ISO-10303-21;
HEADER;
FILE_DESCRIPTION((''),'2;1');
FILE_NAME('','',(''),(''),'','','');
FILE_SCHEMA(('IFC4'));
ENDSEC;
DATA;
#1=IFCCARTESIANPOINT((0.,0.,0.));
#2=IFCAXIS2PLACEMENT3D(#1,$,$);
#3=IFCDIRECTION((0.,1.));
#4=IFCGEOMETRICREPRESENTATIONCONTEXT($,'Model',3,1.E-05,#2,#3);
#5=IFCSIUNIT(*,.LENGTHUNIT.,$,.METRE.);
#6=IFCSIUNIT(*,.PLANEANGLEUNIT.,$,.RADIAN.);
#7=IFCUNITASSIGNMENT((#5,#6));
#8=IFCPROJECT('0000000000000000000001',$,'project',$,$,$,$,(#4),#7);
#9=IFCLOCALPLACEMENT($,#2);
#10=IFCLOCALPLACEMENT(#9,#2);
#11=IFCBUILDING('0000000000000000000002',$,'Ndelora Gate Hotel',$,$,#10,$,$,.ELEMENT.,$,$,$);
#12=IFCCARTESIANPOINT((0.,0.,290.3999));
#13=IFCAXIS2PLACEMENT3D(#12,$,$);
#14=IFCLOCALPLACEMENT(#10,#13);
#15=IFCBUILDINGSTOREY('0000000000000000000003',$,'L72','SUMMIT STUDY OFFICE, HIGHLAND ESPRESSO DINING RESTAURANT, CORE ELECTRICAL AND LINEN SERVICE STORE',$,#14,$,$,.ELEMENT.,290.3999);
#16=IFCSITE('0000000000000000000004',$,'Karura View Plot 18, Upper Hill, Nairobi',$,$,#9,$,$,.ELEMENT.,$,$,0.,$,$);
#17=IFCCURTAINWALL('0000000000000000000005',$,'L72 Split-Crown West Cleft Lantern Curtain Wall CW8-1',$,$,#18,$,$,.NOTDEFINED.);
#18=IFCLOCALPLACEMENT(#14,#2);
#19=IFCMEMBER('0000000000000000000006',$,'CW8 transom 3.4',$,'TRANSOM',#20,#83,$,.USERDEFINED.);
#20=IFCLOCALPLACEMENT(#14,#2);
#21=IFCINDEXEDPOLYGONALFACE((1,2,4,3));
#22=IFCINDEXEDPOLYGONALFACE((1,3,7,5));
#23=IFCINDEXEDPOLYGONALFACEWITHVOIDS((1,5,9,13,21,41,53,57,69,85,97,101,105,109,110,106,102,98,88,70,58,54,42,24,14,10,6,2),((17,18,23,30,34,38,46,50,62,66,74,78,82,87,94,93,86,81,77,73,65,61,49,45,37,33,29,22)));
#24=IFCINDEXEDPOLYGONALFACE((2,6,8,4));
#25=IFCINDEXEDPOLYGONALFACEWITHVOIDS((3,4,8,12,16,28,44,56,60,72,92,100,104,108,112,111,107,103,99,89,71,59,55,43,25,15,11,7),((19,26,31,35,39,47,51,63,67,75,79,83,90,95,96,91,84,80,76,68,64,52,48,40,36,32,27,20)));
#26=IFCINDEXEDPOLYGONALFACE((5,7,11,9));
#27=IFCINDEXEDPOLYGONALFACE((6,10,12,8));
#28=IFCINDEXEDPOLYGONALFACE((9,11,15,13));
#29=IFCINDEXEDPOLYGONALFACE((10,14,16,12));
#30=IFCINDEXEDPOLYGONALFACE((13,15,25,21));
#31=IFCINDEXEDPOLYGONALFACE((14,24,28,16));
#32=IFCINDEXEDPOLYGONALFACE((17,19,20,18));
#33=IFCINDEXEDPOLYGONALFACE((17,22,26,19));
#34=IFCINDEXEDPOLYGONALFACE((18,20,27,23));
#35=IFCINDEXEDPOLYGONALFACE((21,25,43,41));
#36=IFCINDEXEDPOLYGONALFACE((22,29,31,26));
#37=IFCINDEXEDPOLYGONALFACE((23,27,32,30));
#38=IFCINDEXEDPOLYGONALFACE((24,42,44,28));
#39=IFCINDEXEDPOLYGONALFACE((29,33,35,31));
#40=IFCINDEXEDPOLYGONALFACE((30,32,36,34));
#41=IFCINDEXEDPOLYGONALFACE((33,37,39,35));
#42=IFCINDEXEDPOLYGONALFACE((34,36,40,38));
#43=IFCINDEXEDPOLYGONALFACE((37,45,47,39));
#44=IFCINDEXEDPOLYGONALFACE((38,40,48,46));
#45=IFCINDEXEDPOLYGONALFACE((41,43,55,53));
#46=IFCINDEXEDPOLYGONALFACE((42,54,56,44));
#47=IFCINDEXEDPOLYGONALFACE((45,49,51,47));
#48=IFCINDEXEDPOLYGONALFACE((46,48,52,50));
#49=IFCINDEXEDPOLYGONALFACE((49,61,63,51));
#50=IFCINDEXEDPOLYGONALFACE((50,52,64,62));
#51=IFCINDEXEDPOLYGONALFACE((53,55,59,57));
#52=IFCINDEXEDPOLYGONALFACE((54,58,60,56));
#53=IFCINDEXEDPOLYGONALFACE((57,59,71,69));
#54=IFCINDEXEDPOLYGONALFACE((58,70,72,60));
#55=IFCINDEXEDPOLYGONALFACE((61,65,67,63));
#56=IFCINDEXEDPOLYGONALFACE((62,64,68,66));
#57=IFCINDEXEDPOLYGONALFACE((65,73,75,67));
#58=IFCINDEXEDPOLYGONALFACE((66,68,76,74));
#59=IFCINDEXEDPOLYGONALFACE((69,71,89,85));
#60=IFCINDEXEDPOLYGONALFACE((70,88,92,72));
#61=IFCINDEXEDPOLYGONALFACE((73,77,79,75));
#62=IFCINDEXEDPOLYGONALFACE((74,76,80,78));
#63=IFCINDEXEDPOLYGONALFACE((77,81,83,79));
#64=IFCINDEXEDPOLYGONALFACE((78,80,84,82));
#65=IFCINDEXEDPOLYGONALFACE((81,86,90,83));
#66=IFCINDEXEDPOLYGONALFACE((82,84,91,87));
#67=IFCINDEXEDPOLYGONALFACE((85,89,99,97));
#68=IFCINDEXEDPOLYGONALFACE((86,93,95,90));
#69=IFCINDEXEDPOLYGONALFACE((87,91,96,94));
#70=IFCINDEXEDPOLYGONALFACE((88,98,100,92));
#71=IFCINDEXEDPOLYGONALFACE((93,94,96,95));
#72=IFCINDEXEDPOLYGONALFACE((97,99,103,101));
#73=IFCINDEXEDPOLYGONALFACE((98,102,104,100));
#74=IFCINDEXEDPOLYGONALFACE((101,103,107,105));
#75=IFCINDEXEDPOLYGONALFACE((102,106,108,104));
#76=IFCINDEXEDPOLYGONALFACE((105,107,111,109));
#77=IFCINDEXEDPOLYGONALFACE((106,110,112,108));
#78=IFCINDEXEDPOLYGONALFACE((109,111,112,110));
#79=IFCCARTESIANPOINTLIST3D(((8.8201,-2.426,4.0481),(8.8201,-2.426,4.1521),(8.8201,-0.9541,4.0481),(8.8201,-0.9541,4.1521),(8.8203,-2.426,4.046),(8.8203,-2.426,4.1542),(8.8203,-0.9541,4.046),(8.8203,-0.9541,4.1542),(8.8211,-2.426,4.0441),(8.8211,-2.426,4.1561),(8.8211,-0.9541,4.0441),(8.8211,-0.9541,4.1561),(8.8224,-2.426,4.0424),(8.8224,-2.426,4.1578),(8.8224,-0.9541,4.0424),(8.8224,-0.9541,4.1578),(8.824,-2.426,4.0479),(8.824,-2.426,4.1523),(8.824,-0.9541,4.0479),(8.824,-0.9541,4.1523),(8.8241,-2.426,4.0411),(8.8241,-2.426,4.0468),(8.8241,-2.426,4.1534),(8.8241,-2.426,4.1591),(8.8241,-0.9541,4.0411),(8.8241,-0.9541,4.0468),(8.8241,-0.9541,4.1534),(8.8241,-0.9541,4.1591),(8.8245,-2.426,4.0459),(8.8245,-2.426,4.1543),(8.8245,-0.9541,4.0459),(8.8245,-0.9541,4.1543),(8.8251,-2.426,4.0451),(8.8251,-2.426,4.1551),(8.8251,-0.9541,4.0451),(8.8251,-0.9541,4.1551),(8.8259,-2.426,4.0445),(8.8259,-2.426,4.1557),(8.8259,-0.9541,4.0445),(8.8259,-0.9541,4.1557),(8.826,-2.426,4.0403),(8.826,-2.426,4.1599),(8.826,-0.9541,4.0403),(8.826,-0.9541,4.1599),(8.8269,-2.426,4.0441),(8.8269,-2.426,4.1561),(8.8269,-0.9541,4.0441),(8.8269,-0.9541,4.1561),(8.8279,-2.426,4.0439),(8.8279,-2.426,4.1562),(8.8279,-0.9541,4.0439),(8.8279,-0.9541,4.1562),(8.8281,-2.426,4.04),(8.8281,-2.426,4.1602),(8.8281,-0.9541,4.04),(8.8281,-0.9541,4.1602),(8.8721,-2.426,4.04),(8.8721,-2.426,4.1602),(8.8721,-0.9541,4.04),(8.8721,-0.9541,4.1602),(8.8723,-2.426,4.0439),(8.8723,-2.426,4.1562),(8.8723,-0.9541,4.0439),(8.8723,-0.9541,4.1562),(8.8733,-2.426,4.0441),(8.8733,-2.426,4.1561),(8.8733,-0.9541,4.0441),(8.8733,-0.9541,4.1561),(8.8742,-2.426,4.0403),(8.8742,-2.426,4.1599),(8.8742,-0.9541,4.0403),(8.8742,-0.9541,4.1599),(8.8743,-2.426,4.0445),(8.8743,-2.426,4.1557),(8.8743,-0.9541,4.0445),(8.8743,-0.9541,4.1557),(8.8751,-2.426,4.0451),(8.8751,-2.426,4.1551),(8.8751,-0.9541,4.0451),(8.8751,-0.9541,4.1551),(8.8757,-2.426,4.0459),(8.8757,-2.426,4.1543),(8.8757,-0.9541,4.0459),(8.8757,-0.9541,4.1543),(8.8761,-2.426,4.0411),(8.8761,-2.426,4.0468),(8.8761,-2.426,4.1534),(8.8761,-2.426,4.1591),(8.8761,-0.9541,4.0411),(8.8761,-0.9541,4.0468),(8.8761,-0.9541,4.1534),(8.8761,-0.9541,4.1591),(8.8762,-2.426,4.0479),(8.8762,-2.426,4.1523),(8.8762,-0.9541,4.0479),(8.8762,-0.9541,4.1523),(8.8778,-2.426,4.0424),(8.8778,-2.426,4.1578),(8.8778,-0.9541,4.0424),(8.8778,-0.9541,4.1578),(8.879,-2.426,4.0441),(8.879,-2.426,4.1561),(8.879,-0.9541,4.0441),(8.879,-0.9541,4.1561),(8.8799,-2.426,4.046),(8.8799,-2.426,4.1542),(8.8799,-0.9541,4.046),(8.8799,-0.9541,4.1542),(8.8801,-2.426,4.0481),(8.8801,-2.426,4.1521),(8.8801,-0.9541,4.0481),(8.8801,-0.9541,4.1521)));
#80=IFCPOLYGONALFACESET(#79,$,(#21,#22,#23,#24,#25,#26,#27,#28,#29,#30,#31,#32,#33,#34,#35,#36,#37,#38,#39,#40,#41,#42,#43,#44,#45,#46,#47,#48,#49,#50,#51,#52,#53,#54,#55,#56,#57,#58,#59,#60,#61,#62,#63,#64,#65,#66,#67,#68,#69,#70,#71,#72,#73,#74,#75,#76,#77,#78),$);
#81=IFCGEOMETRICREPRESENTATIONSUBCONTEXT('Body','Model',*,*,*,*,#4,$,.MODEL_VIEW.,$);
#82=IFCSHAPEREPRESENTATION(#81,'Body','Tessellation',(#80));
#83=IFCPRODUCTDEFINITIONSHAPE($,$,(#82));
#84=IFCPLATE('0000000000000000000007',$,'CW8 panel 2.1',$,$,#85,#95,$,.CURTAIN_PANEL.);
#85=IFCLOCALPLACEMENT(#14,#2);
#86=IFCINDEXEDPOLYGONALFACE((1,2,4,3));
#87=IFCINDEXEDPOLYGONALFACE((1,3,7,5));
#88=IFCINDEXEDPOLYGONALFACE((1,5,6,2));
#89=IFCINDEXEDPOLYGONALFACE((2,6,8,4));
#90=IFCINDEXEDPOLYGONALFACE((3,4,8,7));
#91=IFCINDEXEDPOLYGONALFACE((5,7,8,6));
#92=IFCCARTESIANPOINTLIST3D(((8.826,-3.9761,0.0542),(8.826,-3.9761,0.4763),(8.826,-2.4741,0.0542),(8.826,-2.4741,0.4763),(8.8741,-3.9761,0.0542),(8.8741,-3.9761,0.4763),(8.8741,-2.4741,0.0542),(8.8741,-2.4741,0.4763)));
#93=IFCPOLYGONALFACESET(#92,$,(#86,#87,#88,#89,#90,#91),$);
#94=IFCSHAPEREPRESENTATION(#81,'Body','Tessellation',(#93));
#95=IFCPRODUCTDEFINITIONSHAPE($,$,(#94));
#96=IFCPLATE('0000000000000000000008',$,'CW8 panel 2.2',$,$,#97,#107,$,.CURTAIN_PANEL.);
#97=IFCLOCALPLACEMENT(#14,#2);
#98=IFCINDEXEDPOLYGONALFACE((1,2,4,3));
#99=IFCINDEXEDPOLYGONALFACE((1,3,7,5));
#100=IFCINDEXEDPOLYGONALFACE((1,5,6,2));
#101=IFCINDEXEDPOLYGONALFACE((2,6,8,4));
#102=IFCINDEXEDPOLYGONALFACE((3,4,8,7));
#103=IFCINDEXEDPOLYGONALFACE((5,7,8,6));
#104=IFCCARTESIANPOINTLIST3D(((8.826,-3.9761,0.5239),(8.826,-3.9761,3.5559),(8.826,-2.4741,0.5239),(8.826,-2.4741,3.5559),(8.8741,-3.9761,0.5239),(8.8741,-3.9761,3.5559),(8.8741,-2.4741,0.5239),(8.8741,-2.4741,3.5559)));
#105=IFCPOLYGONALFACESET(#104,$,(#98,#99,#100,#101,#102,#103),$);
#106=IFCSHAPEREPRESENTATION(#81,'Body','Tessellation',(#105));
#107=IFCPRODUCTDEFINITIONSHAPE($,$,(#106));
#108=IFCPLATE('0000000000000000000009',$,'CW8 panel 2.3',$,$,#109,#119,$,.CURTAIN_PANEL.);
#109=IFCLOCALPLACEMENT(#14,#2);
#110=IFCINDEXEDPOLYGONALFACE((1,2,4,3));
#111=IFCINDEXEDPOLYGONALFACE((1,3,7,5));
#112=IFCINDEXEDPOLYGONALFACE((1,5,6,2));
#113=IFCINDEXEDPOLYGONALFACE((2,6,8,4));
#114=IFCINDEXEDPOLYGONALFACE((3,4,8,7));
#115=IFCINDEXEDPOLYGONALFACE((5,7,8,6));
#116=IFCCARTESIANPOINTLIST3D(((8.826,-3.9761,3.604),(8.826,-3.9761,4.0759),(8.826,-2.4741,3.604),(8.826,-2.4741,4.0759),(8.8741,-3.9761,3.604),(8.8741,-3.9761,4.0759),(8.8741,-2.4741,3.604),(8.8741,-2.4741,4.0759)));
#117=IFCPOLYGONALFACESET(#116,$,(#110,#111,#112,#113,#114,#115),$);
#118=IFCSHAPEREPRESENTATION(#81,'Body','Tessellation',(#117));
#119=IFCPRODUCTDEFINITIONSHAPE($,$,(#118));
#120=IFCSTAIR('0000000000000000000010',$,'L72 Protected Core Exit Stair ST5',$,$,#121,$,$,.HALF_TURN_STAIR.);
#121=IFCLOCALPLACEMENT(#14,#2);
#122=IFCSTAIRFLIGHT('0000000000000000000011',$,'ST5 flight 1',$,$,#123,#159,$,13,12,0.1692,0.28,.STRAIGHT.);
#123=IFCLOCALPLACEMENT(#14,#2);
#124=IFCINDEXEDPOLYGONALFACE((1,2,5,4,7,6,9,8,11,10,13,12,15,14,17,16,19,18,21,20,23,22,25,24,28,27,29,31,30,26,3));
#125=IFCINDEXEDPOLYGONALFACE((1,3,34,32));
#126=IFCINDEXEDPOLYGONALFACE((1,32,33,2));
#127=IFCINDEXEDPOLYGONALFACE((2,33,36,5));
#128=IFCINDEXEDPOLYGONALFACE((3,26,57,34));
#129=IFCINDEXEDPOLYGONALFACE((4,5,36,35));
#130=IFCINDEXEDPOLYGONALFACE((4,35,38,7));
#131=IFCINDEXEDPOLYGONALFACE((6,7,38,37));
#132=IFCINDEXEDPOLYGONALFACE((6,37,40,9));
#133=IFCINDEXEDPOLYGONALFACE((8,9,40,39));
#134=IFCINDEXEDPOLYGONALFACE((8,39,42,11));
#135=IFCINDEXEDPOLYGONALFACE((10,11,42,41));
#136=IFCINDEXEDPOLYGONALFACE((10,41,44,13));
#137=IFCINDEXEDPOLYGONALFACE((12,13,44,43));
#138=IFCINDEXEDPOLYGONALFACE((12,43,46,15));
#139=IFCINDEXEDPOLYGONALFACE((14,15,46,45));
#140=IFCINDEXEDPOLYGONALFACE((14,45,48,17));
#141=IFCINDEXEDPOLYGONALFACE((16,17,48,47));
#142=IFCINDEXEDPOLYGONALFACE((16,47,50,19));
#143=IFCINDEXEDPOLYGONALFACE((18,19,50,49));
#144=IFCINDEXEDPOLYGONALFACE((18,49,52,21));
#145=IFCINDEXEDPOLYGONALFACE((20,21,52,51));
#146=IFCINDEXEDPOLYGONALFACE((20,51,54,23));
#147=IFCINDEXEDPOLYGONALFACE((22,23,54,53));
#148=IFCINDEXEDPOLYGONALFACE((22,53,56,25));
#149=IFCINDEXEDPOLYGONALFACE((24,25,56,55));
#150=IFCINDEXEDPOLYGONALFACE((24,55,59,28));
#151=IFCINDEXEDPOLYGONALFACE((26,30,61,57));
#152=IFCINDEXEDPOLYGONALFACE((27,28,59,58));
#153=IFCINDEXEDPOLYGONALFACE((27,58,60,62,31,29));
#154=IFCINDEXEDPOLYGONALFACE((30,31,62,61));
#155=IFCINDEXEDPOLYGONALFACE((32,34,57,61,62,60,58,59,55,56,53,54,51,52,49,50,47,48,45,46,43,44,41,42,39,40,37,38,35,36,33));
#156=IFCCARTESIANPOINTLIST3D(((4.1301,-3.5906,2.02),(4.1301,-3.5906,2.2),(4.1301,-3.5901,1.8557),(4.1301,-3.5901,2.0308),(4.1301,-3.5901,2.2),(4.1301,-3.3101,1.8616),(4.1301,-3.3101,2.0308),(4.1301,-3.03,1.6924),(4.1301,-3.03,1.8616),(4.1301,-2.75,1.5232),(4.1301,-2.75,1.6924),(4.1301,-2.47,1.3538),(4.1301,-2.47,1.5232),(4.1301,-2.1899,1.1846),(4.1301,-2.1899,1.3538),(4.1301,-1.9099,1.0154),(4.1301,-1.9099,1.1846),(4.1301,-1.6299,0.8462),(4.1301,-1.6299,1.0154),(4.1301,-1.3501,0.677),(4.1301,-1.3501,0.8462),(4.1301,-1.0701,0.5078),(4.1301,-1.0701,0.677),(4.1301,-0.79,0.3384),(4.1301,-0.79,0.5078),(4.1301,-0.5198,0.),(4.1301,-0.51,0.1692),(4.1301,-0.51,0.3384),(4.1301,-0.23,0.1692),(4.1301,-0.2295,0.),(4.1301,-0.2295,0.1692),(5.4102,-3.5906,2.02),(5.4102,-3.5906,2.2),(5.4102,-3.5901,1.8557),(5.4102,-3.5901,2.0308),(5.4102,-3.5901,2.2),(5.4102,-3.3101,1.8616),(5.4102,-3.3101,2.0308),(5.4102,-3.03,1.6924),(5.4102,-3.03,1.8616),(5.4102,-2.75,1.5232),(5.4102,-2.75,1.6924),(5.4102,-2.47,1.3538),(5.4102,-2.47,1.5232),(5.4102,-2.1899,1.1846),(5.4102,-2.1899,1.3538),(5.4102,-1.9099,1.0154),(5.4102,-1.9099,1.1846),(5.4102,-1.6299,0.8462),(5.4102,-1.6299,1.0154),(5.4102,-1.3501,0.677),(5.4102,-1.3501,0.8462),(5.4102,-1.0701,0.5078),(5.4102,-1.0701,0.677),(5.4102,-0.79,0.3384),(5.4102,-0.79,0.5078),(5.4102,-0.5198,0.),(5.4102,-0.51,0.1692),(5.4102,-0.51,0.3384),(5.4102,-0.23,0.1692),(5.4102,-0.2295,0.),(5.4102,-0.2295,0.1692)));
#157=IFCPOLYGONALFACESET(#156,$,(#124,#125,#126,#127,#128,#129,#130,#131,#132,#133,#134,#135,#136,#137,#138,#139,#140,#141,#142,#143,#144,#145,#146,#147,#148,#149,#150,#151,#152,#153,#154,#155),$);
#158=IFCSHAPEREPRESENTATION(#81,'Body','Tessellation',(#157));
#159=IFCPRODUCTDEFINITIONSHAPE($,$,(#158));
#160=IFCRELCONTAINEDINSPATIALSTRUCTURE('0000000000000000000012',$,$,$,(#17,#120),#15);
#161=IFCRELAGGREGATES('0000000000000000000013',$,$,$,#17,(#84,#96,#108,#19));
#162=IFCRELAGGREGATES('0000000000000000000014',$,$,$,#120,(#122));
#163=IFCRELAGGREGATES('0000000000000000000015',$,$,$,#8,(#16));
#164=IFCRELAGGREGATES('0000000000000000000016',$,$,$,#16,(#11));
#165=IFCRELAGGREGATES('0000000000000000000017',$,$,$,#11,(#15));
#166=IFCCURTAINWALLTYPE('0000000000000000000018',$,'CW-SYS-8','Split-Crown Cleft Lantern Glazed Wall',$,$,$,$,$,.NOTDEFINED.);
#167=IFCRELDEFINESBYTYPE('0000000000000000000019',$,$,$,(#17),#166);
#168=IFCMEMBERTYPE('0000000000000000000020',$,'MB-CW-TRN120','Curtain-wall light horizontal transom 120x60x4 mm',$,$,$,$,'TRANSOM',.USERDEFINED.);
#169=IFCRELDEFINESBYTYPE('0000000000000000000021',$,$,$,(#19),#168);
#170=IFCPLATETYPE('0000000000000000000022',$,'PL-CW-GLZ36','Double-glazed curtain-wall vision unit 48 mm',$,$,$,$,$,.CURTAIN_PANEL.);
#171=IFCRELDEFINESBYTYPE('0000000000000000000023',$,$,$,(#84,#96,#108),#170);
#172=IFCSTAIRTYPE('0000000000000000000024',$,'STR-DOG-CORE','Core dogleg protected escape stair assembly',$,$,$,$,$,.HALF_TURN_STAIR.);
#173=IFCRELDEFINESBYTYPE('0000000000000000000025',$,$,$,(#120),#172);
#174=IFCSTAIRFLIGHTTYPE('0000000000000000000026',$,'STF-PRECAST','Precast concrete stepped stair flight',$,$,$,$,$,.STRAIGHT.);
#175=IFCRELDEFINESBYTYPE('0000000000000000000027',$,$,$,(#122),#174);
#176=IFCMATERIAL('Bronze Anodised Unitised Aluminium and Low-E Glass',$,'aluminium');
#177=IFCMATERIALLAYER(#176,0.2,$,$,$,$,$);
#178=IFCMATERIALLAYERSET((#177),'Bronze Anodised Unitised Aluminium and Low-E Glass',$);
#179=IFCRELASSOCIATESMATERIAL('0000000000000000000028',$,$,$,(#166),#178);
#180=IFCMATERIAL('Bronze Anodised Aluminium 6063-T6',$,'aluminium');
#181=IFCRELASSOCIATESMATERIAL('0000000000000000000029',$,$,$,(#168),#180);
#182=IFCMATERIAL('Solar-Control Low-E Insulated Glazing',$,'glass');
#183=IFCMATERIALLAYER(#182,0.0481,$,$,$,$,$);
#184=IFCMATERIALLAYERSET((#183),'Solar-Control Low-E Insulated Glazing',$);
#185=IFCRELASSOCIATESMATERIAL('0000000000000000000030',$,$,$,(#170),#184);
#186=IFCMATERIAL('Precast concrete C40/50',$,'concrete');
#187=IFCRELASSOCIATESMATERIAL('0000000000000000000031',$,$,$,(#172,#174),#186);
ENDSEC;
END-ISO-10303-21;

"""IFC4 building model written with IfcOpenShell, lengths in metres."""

from ifc_helpers import new_model, si_unit, direction, frame, origin, origin_2d, place, context, subcontext, project, spatial, polyline, rectangle, hollow_rectangle, outline, extrude, material, layer, layer_set, material_profile, profile_set, type_object, element, aggregate, save


model = new_model("IFC4")

# Units and contexts
model_context = context("Model", 3, precision=1e-05, world=origin(), true_north=direction((0.0, 1.0)))
body_context = subcontext(model_context, "Body", "Model", "MODEL_VIEW")
ifc_project = project(units=[si_unit("LENGTHUNIT", "METRE"), si_unit("PLANEANGLEUNIT", "RADIAN")], contexts=[model_context])

# Site, building, storey
site_placement = place(None, origin())
site = spatial("IfcSite", under=ifc_project, at=site_placement, Name="Karura View Plot 18, Upper Hill, Nairobi", CompositionType="ELEMENT", RefElevation=0.0)
building_placement = place(site_placement, origin())
building = spatial("IfcBuilding", under=site, at=building_placement, Name="Ndelora Gate Hotel", CompositionType="ELEMENT")
storey_placement = place(building_placement, frame((0.0, 0.0, 290.3999)))
storey = spatial("IfcBuildingStorey", under=building, at=storey_placement, Name="L72", Description="SUMMIT STUDY OFFICE, HIGHLAND ESPRESSO DINING RESTAURANT, CORE ELECTRICAL AND LINEN SERVICE STORE", CompositionType="ELEMENT", Elevation=290.3999)

# Curtain wall, member, plates
ifc_material_1 = material(Name="Bronze Anodised Unitised Aluminium and Low-E Glass", Category="aluminium")
ifc_layer_1 = layer(ifc_material_1, 0.2)
ifc_layer_set_1 = layer_set([ifc_layer_1], Name="Bronze Anodised Unitised Aluminium and Low-E Glass")
curtain_wall_type = type_object("IfcCurtainWallType", Name="CW-SYS-8", Description="Split-Crown Cleft Lantern Glazed Wall", PredefinedType="NOTDEFINED", material=ifc_layer_set_1)
curtain_wall_placement = place(storey_placement, origin())
curtain_wall = element("IfcCurtainWall", 1, at=curtain_wall_placement, inside=storey, type_object=curtain_wall_type, Name="L72 Split-Crown West Cleft Lantern Curtain Wall CW8-1", PredefinedType="NOTDEFINED")
ifc_material_2 = material(Name="Bronze Anodised Aluminium 6063-T6", Category="aluminium")
ifc_material_profile_1 = material_profile(ifc_material_2, hollow_rectangle(XDim=0.0601, YDim=0.1201, WallThickness=0.0039, InnerFilletRadius=0.0039, OuterFilletRadius=0.0081, at=origin_2d()), Name="ALU 120x60x4")
ifc_profile_set_1 = profile_set([ifc_material_profile_1], Name="Bronze Anodised Aluminium 6063-T6")
member_type_1 = type_object("IfcMemberType", Name="MB-CW-TRN120", Description="Curtain-wall light horizontal transom 120x60x4 mm", ElementType="TRANSOM", PredefinedType="USERDEFINED", material=ifc_profile_set_1)
member_1_placement = place(storey_placement, frame((8.8501, -2.426, 4.1001), z_axis=(0.0, 1.0, 0.0), x_axis=(-1.0, 0.0, 0.0)))
member_1 = element("IfcMember", 2, at=member_1_placement, type_object=member_type_1, Name="CW8 transom 3.4", ObjectType="TRANSOM", PredefinedType="USERDEFINED", context=body_context, shape_type="SweptSolid", body=[
    extrude(hollow_rectangle(XDim=0.0601, YDim=0.1201, WallThickness=0.0039, InnerFilletRadius=0.0039, OuterFilletRadius=0.0081, at=origin_2d()), origin(), (0.0, 0.0, 1.0), 1.4719),
])
ifc_material_3 = material(Name="Solar-Control Low-E Insulated Glazing", Category="glass")
ifc_layer_2 = layer(ifc_material_3, 0.0481)
ifc_layer_set_2 = layer_set([ifc_layer_2], Name="Solar-Control Low-E Insulated Glazing")
plate_type = type_object("IfcPlateType", Name="PL-CW-GLZ36", Description="Double-glazed curtain-wall vision unit 48 mm", PredefinedType="CURTAIN_PANEL", material=ifc_layer_set_2)
plate_1_placement = place(storey_placement, frame((8.8501, -3.2251, 0.0542), z_axis=(0.0, 0.0, 1.0), x_axis=(0.0, 1.0, 0.0)))
plate_1 = element("IfcPlate", 3, at=plate_1_placement, type_object=plate_type, Name="CW8 panel 2.1", PredefinedType="CURTAIN_PANEL", context=body_context, shape_type="SweptSolid", body=[
    extrude(rectangle(XDim=1.502, YDim=0.0481, at=origin_2d()), origin(), (0.0, 0.0, 1.0), 0.4221),
])
plate_2_placement = place(storey_placement, frame((8.8501, -3.2251, 0.5239), z_axis=(0.0, 0.0, 1.0), x_axis=(0.0, 1.0, 0.0)))
plate_2 = element("IfcPlate", 4, at=plate_2_placement, type_object=plate_type, Name="CW8 panel 2.2", PredefinedType="CURTAIN_PANEL", context=body_context, shape_type="SweptSolid", body=[
    extrude(rectangle(XDim=1.502, YDim=0.0481, at=origin_2d()), origin(), (0.0, 0.0, 1.0), 3.032),
])
plate_3_placement = place(storey_placement, frame((8.8501, -3.2251, 3.604), z_axis=(0.0, 0.0, 1.0), x_axis=(0.0, 1.0, 0.0)))
plate_3 = element("IfcPlate", 5, at=plate_3_placement, type_object=plate_type, Name="CW8 panel 2.3", PredefinedType="CURTAIN_PANEL", context=body_context, shape_type="SweptSolid", body=[
    extrude(rectangle(XDim=1.502, YDim=0.0481, at=origin_2d()), origin(), (0.0, 0.0, 1.0), 0.4719),
])
aggregate(curtain_wall, [plate_1, plate_2, plate_3, member_1])

# Stair, stair flight
ifc_material_4 = material(Name="Precast concrete C40/50", Category="concrete")
stair_type = type_object("IfcStairType", Name="STR-DOG-CORE", Description="Core dogleg protected escape stair assembly", PredefinedType="HALF_TURN_STAIR", material=ifc_material_4)
stair_placement = place(storey_placement, origin())
stair = element("IfcStair", 6, at=stair_placement, inside=storey, type_object=stair_type, Name="L72 Protected Core Exit Stair ST5", PredefinedType="HALF_TURN_STAIR")
stair_flight_type = type_object("IfcStairFlightType", Name="STF-PRECAST", Description="Precast concrete stepped stair flight", PredefinedType="STRAIGHT", material=ifc_material_4)
stair_flight_1_placement = place(storey_placement, frame((4.77, -0.23, 0.0), z_axis=(0.0, 0.0, 1.0), x_axis=(0.0, -1.0, 0.0)))
stair_flight_1 = element("IfcStairFlight", 7, at=stair_flight_1_placement, type_object=stair_flight_type, Name="ST5 flight 1", NumberOfRisers=13, NumberOfTreads=12, PredefinedType="STRAIGHT", RiserHeight=0.1692, TreadLength=0.28, context=body_context, shape_type="SweptSolid", body=[
    extrude(outline(polyline([(-0.0005, 0.0), (-0.0005, 0.1692), (0.0, 0.1692), (0.28, 0.1692), (0.28, 0.3384), (0.5601, 0.3384), (0.5601, 0.5078), (0.8401, 0.5078), (0.8401, 0.677), (1.1201, 0.677), (1.1201, 0.8462), (1.3999, 0.8462), (1.3999, 1.0154), (1.6799, 1.0154), (1.6799, 1.1846), (1.96, 1.1846), (1.96, 1.3538), (2.24, 1.3538), (2.24, 1.5232), (2.52, 1.5232), (2.52, 1.6924), (2.8, 1.6924), (2.8, 1.8616), (3.0801, 1.8616), (3.0801, 2.0308), (3.3601, 2.0308), (3.3601, 2.2), (3.3606, 2.2), (3.3606, 2.02), (3.3601, 1.8557), (0.2898, 0.0), (-0.0005, 0.0)])), frame((0.0, 0.6401, 0.0), z_axis=(0.0, -1.0, 0.0), x_axis=(1.0, 0.0, 0.0)), (0.0, 0.0, 1.0), 1.28),
])
aggregate(stair, [stair_flight_1])

save(model, "model.ifc")
